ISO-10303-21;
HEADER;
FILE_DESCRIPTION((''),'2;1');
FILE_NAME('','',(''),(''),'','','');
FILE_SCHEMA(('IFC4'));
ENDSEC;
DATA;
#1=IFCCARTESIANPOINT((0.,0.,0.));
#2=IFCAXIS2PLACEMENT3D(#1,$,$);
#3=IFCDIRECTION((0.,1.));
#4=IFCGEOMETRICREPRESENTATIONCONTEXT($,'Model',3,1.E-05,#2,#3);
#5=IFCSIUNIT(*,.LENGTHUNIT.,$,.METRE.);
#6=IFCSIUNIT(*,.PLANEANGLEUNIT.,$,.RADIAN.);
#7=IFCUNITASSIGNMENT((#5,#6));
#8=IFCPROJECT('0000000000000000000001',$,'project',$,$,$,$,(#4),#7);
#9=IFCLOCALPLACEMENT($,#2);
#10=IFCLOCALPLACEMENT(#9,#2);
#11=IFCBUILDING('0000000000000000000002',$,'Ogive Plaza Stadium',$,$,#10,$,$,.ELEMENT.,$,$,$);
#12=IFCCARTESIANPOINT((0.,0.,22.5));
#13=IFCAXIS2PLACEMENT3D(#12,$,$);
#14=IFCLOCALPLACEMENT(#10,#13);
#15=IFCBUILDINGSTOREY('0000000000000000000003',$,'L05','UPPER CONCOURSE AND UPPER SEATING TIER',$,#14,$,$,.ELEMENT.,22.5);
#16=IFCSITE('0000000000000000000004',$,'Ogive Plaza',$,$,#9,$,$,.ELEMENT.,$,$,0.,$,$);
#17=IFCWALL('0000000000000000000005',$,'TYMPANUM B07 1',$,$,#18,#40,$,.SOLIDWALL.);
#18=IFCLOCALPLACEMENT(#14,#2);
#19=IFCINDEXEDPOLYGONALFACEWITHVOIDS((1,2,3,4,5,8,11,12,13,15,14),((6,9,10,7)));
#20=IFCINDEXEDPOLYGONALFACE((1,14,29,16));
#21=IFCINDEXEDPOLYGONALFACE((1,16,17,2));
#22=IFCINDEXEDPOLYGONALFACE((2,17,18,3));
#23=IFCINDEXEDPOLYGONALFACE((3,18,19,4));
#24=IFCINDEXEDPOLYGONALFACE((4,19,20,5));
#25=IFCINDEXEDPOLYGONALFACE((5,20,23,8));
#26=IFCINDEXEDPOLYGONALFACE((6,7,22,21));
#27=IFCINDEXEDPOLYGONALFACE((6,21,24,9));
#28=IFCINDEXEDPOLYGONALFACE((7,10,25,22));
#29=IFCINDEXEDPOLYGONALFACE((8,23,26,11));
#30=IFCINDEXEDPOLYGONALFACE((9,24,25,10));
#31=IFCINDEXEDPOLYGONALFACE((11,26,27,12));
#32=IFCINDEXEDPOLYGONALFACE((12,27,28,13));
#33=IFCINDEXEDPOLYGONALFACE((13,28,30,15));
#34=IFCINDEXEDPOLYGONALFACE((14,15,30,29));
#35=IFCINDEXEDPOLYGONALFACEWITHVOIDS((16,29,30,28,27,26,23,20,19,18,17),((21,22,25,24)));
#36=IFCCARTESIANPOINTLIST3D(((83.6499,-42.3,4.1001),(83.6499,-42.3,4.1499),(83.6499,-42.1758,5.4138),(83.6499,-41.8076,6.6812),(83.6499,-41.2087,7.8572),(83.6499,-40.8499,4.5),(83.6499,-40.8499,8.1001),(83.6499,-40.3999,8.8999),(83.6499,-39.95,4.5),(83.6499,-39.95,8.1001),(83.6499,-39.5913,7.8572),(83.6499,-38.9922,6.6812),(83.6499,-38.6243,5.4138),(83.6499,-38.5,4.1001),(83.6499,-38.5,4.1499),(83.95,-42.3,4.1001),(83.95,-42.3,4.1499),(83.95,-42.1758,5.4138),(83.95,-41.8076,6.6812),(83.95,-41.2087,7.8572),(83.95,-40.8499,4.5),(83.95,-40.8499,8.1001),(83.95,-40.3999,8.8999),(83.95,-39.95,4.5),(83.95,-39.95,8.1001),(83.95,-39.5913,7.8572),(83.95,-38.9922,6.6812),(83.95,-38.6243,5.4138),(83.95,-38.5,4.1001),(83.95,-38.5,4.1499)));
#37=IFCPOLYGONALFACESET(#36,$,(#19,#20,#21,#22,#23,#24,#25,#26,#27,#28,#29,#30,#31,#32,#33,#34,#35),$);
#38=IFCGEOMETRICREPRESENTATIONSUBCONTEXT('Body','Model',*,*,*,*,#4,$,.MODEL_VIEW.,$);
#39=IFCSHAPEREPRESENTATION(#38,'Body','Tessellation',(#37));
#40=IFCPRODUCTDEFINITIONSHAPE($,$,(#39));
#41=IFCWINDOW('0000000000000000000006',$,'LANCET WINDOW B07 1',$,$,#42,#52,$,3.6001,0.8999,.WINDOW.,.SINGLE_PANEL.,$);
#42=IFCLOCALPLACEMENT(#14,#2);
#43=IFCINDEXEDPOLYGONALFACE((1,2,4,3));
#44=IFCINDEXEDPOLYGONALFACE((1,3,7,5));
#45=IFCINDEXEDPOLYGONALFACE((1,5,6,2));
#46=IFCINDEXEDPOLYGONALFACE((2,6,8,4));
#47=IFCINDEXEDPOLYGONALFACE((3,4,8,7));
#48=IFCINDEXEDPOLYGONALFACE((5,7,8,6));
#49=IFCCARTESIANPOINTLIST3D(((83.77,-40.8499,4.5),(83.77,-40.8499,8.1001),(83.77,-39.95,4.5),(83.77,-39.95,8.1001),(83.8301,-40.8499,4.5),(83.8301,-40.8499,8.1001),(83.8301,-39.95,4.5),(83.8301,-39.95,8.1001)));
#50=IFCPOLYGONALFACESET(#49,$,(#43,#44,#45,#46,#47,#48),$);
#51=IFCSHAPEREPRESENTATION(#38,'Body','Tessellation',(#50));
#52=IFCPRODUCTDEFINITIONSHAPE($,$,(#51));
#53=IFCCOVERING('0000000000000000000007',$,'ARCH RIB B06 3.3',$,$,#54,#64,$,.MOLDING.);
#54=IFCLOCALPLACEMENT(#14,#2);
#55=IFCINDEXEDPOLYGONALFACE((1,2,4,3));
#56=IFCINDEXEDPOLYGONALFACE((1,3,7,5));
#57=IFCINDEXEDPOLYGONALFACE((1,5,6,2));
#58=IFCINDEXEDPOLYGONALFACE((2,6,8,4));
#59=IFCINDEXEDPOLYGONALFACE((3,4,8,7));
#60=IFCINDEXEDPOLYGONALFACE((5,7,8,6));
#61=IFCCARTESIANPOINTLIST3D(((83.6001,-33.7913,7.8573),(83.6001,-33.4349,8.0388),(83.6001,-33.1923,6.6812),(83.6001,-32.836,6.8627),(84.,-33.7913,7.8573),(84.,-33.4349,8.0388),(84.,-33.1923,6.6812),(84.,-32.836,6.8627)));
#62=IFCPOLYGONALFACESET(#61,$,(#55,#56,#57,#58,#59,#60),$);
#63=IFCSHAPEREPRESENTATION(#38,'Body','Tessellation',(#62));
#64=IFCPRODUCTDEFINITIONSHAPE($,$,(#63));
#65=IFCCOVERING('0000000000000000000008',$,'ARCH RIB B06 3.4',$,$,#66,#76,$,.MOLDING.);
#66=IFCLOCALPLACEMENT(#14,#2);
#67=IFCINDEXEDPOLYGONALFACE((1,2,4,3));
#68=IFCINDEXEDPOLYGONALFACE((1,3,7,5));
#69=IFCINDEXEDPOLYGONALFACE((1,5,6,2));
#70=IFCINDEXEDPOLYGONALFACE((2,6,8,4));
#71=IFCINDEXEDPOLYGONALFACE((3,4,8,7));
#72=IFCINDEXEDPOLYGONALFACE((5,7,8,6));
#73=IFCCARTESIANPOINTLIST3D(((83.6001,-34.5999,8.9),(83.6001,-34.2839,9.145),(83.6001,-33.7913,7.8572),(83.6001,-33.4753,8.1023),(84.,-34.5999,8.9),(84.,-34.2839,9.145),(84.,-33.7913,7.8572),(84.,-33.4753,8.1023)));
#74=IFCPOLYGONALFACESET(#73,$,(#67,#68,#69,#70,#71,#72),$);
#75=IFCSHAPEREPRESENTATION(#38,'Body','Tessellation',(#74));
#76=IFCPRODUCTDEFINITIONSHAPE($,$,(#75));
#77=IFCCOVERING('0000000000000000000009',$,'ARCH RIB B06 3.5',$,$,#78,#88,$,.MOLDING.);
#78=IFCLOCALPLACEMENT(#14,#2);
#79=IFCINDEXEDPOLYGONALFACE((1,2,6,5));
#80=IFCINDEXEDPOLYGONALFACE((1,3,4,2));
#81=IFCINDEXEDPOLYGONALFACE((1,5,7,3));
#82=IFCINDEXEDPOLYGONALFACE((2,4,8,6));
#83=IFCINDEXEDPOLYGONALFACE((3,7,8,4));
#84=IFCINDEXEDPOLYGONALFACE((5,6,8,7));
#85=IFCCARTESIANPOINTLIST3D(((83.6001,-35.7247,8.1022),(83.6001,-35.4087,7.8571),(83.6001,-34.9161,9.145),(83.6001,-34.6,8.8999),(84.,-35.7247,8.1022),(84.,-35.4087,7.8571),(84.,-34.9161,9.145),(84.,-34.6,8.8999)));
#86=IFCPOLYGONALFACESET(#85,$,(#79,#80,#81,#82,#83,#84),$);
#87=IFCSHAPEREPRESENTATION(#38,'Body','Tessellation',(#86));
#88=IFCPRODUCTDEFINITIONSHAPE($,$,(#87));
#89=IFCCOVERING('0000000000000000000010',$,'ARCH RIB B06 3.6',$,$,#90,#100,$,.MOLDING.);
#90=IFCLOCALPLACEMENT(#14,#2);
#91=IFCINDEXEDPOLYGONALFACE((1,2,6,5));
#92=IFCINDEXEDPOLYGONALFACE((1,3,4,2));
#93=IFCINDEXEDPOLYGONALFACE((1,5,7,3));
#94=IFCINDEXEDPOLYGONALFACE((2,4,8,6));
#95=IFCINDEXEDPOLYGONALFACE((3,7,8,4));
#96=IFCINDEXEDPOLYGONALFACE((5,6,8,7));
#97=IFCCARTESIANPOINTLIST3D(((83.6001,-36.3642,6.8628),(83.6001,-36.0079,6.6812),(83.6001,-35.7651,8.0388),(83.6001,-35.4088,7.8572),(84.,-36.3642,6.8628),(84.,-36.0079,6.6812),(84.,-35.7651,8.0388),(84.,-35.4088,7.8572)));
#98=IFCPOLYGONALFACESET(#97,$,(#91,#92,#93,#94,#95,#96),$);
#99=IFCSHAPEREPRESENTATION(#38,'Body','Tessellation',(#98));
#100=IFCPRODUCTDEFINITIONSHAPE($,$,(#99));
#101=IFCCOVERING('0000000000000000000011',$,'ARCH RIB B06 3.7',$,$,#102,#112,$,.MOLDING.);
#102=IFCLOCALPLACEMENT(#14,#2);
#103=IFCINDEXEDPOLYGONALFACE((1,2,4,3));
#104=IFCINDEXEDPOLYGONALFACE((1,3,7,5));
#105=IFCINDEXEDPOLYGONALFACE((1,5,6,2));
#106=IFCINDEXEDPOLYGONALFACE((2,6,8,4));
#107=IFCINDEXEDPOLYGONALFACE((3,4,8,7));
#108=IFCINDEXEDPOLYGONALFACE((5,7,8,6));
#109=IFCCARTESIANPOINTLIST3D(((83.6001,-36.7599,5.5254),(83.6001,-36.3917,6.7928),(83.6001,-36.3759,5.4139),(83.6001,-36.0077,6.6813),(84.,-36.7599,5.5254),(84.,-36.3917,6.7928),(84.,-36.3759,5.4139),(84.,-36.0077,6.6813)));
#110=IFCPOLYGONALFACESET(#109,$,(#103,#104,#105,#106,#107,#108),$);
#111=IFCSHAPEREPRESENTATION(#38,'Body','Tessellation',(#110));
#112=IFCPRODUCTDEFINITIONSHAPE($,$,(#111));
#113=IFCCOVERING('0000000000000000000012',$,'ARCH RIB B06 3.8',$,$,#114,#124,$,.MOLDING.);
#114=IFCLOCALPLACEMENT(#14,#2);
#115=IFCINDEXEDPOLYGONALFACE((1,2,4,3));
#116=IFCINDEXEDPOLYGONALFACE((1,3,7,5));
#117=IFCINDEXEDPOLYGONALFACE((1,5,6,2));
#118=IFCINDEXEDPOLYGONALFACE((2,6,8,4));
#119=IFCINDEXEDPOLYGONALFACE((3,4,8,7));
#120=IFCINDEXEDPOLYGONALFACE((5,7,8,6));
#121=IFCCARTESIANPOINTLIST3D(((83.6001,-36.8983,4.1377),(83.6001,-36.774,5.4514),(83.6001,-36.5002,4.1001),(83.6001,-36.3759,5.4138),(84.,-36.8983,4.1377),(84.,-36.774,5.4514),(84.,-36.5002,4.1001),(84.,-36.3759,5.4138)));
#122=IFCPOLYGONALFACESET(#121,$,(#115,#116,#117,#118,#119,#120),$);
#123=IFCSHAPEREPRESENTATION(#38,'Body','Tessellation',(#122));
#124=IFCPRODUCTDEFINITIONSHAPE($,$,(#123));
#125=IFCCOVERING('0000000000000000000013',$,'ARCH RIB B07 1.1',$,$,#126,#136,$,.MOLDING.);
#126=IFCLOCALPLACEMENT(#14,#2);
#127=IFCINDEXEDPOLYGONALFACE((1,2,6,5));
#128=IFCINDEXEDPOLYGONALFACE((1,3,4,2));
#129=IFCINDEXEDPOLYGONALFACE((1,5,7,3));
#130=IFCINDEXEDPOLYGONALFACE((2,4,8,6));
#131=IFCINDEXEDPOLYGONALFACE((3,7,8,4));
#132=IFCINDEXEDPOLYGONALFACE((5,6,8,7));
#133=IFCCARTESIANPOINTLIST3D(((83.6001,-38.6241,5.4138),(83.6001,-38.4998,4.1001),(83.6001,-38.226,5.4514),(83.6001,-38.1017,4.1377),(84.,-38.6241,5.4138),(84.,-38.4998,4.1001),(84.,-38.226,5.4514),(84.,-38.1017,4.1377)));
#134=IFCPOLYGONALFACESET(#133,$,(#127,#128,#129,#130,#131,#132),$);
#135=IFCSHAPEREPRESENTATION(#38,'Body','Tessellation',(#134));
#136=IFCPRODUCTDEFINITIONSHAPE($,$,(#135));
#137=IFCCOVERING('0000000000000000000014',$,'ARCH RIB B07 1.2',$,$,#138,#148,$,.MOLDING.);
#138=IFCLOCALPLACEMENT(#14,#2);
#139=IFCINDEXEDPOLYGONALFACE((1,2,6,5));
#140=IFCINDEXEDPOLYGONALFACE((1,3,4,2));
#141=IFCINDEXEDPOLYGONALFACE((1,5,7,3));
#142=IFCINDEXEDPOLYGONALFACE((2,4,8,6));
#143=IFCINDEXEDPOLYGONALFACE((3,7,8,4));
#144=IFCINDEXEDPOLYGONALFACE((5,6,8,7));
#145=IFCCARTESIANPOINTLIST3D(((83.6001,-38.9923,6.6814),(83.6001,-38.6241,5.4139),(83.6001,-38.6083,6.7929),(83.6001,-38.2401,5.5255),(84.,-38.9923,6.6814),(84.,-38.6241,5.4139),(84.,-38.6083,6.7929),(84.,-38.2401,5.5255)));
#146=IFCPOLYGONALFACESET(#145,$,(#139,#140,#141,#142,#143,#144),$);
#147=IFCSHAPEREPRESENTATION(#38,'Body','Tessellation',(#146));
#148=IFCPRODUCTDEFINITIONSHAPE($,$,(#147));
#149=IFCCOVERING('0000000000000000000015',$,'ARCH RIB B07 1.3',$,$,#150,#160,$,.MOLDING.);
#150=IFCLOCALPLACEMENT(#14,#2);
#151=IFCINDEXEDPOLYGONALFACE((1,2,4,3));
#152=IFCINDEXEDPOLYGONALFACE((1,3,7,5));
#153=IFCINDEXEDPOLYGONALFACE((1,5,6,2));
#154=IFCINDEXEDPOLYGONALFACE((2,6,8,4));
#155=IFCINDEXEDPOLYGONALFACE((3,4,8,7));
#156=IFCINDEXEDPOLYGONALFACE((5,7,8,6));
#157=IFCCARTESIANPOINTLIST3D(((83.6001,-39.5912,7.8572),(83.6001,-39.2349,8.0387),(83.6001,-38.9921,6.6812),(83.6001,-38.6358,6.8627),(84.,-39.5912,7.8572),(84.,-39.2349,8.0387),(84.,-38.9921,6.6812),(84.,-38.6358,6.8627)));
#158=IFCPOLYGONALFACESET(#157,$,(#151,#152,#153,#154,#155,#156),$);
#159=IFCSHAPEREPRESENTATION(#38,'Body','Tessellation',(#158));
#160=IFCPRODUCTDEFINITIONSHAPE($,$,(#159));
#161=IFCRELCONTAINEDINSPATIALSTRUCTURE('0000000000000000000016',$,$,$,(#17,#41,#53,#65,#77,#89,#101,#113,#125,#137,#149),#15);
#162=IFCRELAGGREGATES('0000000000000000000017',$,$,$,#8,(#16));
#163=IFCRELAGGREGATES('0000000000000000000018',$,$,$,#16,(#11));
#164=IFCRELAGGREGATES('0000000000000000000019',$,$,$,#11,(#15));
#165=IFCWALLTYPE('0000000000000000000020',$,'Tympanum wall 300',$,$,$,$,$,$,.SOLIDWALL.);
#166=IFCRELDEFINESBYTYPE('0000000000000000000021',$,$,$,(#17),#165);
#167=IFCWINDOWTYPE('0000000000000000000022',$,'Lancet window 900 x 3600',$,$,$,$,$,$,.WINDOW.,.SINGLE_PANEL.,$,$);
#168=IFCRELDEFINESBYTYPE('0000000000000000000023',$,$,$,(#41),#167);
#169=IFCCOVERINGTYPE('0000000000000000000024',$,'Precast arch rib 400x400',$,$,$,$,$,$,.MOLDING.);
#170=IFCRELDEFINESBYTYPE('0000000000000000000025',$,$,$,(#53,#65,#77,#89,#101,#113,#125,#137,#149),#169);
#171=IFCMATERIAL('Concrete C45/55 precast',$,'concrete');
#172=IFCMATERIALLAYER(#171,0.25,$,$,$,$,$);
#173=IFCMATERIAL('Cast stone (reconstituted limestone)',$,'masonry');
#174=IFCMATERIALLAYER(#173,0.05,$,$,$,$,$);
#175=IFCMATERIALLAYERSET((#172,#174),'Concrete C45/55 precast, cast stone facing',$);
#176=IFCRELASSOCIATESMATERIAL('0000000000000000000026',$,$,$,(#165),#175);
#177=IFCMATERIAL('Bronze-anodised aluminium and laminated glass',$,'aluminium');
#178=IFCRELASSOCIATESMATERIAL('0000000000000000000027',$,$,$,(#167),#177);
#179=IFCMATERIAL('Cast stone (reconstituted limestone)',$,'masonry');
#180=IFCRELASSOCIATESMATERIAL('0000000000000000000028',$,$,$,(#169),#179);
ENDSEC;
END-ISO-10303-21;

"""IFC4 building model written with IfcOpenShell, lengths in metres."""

from ifc_helpers import new_model, si_unit, direction, frame, frame_2d, origin, origin_2d, place, context, subcontext, project, spatial, polyline, rectangle, outline, extrude, material, layer, layer_set, material_profile, profile_set, type_object, element, fill, save


model = new_model("IFC4")

# Units and contexts
model_context = context("Model", 3, precision=1e-05, world=origin(), true_north=direction((0.0, 1.0)))
body_context = subcontext(model_context, "Body", "Model", "MODEL_VIEW")
ifc_project = project(units=[si_unit("LENGTHUNIT", "METRE"), si_unit("PLANEANGLEUNIT", "RADIAN")], contexts=[model_context])

# Site, building, storey
site_placement = place(None, origin())
site = spatial("IfcSite", under=ifc_project, at=site_placement, Name="Ogive Plaza", CompositionType="ELEMENT", RefElevation=0.0)
building_placement = place(site_placement, origin())
building = spatial("IfcBuilding", under=site, at=building_placement, Name="Ogive Plaza Stadium", CompositionType="ELEMENT")
storey_placement = place(building_placement, frame((0.0, 0.0, 22.5)))
storey = spatial("IfcBuildingStorey", under=building, at=storey_placement, Name="L05", Description="UPPER CONCOURSE AND UPPER SEATING TIER", CompositionType="ELEMENT", Elevation=22.5)

# Wall, opening, window
ifc_material_1 = material(Name="Concrete C45/55 precast", Category="concrete")
ifc_layer_1 = layer(ifc_material_1, 0.25)
ifc_material_2 = material(Name="Cast stone (reconstituted limestone)", Category="masonry")
ifc_layer_2 = layer(ifc_material_2, 0.05)
ifc_layer_set_1 = layer_set([ifc_layer_1, ifc_layer_2], Name="Concrete C45/55 precast, cast stone facing")
wall_type = type_object("IfcWallType", Name="Tympanum wall 300", PredefinedType="SOLIDWALL", material=ifc_layer_set_1)
wall_placement = place(storey_placement, frame((83.8, -38.5, 4.1001), z_axis=(0.0, 0.0, 1.0), x_axis=(0.0, -1.0, 0.0)))
wall = element("IfcWall", 1, at=wall_placement, inside=storey, type_object=wall_type, Name="TYMPANUM B07 1", PredefinedType="SOLIDWALL", context=body_context, shape_type="SweptSolid", body=[
    extrude(outline(polyline([(0.0, 0.0), (3.8, 0.0), (3.8, 0.0498), (3.6758, 1.3137), (3.3076, 2.5811), (2.7087, 3.7571), (1.8999, 4.7998), (1.0913, 3.7571), (0.4922, 2.5811), (0.1243, 1.3137), (0.0, 0.0498), (0.0, 0.0)])), frame((0.0, 0.1499, 0.0), z_axis=(0.0, -1.0, 0.0), x_axis=(1.0, 0.0, 0.0)), (0.0, 0.0, 1.0), 0.3),
])
opening_placement = place(wall_placement, frame((1.45, 0.0, 0.3999)))
opening = element("IfcOpeningElement", 2, at=opening_placement, cuts=wall, PredefinedType="OPENING", context=body_context, shape_type="SweptSolid", body=[
    extrude(rectangle(XDim=0.8999, YDim=3.6001, at=frame_2d((0.45, 1.8))), frame((0.0, 0.1602, 0.0), z_axis=(0.0, -1.0, 0.0), x_axis=(1.0, 0.0, 0.0)), (0.0, 0.0, 1.0), 0.3201),
])
ifc_material_3 = material(Name="Bronze-anodised aluminium and laminated glass", Category="aluminium")
window_type = type_object("IfcWindowType", Name="Lancet window 900 x 3600", PartitioningType="SINGLE_PANEL", PredefinedType="WINDOW", material=ifc_material_3)
window_placement = place(opening_placement, origin())
window = element("IfcWindow", 3, at=window_placement, inside=storey, type_object=window_type, Name="LANCET WINDOW B07 1", OverallHeight=3.6001, OverallWidth=0.8999, PartitioningType="SINGLE_PANEL", PredefinedType="WINDOW", context=body_context, shape_type="SweptSolid", body=[
    extrude(rectangle(XDim=0.8999, YDim=3.6001, at=frame_2d((0.45, 1.8))), frame((0.0, 0.03, 0.0), z_axis=(0.0, -1.0, 0.0), x_axis=(1.0, 0.0, 0.0)), (0.0, 0.0, 1.0), 0.0601),
])
fill(opening, window)

# Coverings
ifc_material_4 = material(Name="Cast stone (reconstituted limestone)", Category="masonry")
ifc_material_profile_1 = material_profile(ifc_material_4, rectangle(XDim=0.3999, YDim=0.3999, at=origin_2d()), Name="Cast stone 400x400")
ifc_profile_set_1 = profile_set([ifc_material_profile_1], Name="Cast stone (reconstituted limestone)")
covering_type = type_object("IfcCoveringType", Name="Precast arch rib 400x400", PredefinedType="MOLDING", material=ifc_profile_set_1)
covering_placement = place(storey_placement, frame((83.8, -33.0142, 6.772), z_axis=(0.0, -0.453787, 0.89111), x_axis=(1.0, 0.0, 0.0)))
element("IfcCovering", 4, at=covering_placement, inside=storey, type_object=covering_type, Name="ARCH RIB B06 3.3", PredefinedType="MOLDING", context=body_context, shape_type="SweptSolid", body=[
    extrude(rectangle(XDim=0.3999, YDim=0.3999, at=origin_2d()), origin(), (0.0, 0.0, 1.0), 1.3198),
])
for number, where, z_axis, x_axis, name in (
    (5, (83.8, -33.6333, 7.9797), (0.0, -0.6128, 0.790238), (1.0, 0.0, 0.0), "ARCH RIB B06 3.4"),
    (6, (83.8, -34.7581, 9.0225), (0.0, -0.6128, -0.790238), (1.0, 0.0, 0.0), "ARCH RIB B06 3.5"),
):
    element("IfcCovering", number, at=place(storey_placement, frame(where, z_axis=z_axis, x_axis=x_axis)), inside=storey, type_object=covering_type, Name=name, PredefinedType="MOLDING", context=body_context, shape_type="SweptSolid", body=[
        extrude(rectangle(XDim=0.3999, YDim=0.3999, at=origin_2d()), origin(), (0.0, 0.0, 1.0), 1.3196),
    ])
for number, where, z_axis, x_axis, name in (
    (7, (83.8, -35.5869, 7.948), (0.0, -0.453934, -0.891035), (1.0, 0.0, 0.0), "ARCH RIB B06 3.6"),
    (8, (83.8, -36.1997, 6.7371), (0.0, -0.27897, -0.9603), (1.0, 0.0, 0.0), "ARCH RIB B06 3.7"),
):
    element("IfcCovering", number, at=place(storey_placement, frame(where, z_axis=z_axis, x_axis=x_axis)), inside=storey, type_object=covering_type, Name=name, PredefinedType="MOLDING", context=body_context, shape_type="SweptSolid", body=[
        extrude(rectangle(XDim=0.3999, YDim=0.3999, at=origin_2d()), origin(), (0.0, 0.0, 1.0), 1.3198),
    ])
for number, where, z_axis, x_axis, name in (
    (9, (83.8, -36.575, 5.4326), (0.0, -0.094172, -0.995556), (1.0, 0.0, 0.0), "ARCH RIB B06 3.8"),
    (10, (83.8, -38.3008, 4.1189), (0.0, -0.094172, 0.995556), (1.0, 0.0, 0.0), "ARCH RIB B07 1.1"),
):
    element("IfcCovering", number, at=place(storey_placement, frame(where, z_axis=z_axis, x_axis=x_axis)), inside=storey, type_object=covering_type, Name=name, PredefinedType="MOLDING", context=body_context, shape_type="SweptSolid", body=[
        extrude(rectangle(XDim=0.3999, YDim=0.3999, at=origin_2d()), origin(), (0.0, 0.0, 1.0), 1.3196),
    ])
for number, where, z_axis, x_axis, name in (
    (11, (83.8, -38.4321, 5.4697), (0.0, -0.27897, 0.9603), (1.0, 0.0, 0.0), "ARCH RIB B07 1.2"),
    (12, (83.8, -38.814, 6.772), (0.0, -0.453934, 0.891035), (1.0, 0.0, 0.0), "ARCH RIB B07 1.3"),
):
    element("IfcCovering", number, at=place(storey_placement, frame(where, z_axis=z_axis, x_axis=x_axis)), inside=storey, type_object=covering_type, Name=name, PredefinedType="MOLDING", context=body_context, shape_type="SweptSolid", body=[
        extrude(rectangle(XDim=0.3999, YDim=0.3999, at=origin_2d()), origin(), (0.0, 0.0, 1.0), 1.3198),
    ])

save(model, "model.ifc")
